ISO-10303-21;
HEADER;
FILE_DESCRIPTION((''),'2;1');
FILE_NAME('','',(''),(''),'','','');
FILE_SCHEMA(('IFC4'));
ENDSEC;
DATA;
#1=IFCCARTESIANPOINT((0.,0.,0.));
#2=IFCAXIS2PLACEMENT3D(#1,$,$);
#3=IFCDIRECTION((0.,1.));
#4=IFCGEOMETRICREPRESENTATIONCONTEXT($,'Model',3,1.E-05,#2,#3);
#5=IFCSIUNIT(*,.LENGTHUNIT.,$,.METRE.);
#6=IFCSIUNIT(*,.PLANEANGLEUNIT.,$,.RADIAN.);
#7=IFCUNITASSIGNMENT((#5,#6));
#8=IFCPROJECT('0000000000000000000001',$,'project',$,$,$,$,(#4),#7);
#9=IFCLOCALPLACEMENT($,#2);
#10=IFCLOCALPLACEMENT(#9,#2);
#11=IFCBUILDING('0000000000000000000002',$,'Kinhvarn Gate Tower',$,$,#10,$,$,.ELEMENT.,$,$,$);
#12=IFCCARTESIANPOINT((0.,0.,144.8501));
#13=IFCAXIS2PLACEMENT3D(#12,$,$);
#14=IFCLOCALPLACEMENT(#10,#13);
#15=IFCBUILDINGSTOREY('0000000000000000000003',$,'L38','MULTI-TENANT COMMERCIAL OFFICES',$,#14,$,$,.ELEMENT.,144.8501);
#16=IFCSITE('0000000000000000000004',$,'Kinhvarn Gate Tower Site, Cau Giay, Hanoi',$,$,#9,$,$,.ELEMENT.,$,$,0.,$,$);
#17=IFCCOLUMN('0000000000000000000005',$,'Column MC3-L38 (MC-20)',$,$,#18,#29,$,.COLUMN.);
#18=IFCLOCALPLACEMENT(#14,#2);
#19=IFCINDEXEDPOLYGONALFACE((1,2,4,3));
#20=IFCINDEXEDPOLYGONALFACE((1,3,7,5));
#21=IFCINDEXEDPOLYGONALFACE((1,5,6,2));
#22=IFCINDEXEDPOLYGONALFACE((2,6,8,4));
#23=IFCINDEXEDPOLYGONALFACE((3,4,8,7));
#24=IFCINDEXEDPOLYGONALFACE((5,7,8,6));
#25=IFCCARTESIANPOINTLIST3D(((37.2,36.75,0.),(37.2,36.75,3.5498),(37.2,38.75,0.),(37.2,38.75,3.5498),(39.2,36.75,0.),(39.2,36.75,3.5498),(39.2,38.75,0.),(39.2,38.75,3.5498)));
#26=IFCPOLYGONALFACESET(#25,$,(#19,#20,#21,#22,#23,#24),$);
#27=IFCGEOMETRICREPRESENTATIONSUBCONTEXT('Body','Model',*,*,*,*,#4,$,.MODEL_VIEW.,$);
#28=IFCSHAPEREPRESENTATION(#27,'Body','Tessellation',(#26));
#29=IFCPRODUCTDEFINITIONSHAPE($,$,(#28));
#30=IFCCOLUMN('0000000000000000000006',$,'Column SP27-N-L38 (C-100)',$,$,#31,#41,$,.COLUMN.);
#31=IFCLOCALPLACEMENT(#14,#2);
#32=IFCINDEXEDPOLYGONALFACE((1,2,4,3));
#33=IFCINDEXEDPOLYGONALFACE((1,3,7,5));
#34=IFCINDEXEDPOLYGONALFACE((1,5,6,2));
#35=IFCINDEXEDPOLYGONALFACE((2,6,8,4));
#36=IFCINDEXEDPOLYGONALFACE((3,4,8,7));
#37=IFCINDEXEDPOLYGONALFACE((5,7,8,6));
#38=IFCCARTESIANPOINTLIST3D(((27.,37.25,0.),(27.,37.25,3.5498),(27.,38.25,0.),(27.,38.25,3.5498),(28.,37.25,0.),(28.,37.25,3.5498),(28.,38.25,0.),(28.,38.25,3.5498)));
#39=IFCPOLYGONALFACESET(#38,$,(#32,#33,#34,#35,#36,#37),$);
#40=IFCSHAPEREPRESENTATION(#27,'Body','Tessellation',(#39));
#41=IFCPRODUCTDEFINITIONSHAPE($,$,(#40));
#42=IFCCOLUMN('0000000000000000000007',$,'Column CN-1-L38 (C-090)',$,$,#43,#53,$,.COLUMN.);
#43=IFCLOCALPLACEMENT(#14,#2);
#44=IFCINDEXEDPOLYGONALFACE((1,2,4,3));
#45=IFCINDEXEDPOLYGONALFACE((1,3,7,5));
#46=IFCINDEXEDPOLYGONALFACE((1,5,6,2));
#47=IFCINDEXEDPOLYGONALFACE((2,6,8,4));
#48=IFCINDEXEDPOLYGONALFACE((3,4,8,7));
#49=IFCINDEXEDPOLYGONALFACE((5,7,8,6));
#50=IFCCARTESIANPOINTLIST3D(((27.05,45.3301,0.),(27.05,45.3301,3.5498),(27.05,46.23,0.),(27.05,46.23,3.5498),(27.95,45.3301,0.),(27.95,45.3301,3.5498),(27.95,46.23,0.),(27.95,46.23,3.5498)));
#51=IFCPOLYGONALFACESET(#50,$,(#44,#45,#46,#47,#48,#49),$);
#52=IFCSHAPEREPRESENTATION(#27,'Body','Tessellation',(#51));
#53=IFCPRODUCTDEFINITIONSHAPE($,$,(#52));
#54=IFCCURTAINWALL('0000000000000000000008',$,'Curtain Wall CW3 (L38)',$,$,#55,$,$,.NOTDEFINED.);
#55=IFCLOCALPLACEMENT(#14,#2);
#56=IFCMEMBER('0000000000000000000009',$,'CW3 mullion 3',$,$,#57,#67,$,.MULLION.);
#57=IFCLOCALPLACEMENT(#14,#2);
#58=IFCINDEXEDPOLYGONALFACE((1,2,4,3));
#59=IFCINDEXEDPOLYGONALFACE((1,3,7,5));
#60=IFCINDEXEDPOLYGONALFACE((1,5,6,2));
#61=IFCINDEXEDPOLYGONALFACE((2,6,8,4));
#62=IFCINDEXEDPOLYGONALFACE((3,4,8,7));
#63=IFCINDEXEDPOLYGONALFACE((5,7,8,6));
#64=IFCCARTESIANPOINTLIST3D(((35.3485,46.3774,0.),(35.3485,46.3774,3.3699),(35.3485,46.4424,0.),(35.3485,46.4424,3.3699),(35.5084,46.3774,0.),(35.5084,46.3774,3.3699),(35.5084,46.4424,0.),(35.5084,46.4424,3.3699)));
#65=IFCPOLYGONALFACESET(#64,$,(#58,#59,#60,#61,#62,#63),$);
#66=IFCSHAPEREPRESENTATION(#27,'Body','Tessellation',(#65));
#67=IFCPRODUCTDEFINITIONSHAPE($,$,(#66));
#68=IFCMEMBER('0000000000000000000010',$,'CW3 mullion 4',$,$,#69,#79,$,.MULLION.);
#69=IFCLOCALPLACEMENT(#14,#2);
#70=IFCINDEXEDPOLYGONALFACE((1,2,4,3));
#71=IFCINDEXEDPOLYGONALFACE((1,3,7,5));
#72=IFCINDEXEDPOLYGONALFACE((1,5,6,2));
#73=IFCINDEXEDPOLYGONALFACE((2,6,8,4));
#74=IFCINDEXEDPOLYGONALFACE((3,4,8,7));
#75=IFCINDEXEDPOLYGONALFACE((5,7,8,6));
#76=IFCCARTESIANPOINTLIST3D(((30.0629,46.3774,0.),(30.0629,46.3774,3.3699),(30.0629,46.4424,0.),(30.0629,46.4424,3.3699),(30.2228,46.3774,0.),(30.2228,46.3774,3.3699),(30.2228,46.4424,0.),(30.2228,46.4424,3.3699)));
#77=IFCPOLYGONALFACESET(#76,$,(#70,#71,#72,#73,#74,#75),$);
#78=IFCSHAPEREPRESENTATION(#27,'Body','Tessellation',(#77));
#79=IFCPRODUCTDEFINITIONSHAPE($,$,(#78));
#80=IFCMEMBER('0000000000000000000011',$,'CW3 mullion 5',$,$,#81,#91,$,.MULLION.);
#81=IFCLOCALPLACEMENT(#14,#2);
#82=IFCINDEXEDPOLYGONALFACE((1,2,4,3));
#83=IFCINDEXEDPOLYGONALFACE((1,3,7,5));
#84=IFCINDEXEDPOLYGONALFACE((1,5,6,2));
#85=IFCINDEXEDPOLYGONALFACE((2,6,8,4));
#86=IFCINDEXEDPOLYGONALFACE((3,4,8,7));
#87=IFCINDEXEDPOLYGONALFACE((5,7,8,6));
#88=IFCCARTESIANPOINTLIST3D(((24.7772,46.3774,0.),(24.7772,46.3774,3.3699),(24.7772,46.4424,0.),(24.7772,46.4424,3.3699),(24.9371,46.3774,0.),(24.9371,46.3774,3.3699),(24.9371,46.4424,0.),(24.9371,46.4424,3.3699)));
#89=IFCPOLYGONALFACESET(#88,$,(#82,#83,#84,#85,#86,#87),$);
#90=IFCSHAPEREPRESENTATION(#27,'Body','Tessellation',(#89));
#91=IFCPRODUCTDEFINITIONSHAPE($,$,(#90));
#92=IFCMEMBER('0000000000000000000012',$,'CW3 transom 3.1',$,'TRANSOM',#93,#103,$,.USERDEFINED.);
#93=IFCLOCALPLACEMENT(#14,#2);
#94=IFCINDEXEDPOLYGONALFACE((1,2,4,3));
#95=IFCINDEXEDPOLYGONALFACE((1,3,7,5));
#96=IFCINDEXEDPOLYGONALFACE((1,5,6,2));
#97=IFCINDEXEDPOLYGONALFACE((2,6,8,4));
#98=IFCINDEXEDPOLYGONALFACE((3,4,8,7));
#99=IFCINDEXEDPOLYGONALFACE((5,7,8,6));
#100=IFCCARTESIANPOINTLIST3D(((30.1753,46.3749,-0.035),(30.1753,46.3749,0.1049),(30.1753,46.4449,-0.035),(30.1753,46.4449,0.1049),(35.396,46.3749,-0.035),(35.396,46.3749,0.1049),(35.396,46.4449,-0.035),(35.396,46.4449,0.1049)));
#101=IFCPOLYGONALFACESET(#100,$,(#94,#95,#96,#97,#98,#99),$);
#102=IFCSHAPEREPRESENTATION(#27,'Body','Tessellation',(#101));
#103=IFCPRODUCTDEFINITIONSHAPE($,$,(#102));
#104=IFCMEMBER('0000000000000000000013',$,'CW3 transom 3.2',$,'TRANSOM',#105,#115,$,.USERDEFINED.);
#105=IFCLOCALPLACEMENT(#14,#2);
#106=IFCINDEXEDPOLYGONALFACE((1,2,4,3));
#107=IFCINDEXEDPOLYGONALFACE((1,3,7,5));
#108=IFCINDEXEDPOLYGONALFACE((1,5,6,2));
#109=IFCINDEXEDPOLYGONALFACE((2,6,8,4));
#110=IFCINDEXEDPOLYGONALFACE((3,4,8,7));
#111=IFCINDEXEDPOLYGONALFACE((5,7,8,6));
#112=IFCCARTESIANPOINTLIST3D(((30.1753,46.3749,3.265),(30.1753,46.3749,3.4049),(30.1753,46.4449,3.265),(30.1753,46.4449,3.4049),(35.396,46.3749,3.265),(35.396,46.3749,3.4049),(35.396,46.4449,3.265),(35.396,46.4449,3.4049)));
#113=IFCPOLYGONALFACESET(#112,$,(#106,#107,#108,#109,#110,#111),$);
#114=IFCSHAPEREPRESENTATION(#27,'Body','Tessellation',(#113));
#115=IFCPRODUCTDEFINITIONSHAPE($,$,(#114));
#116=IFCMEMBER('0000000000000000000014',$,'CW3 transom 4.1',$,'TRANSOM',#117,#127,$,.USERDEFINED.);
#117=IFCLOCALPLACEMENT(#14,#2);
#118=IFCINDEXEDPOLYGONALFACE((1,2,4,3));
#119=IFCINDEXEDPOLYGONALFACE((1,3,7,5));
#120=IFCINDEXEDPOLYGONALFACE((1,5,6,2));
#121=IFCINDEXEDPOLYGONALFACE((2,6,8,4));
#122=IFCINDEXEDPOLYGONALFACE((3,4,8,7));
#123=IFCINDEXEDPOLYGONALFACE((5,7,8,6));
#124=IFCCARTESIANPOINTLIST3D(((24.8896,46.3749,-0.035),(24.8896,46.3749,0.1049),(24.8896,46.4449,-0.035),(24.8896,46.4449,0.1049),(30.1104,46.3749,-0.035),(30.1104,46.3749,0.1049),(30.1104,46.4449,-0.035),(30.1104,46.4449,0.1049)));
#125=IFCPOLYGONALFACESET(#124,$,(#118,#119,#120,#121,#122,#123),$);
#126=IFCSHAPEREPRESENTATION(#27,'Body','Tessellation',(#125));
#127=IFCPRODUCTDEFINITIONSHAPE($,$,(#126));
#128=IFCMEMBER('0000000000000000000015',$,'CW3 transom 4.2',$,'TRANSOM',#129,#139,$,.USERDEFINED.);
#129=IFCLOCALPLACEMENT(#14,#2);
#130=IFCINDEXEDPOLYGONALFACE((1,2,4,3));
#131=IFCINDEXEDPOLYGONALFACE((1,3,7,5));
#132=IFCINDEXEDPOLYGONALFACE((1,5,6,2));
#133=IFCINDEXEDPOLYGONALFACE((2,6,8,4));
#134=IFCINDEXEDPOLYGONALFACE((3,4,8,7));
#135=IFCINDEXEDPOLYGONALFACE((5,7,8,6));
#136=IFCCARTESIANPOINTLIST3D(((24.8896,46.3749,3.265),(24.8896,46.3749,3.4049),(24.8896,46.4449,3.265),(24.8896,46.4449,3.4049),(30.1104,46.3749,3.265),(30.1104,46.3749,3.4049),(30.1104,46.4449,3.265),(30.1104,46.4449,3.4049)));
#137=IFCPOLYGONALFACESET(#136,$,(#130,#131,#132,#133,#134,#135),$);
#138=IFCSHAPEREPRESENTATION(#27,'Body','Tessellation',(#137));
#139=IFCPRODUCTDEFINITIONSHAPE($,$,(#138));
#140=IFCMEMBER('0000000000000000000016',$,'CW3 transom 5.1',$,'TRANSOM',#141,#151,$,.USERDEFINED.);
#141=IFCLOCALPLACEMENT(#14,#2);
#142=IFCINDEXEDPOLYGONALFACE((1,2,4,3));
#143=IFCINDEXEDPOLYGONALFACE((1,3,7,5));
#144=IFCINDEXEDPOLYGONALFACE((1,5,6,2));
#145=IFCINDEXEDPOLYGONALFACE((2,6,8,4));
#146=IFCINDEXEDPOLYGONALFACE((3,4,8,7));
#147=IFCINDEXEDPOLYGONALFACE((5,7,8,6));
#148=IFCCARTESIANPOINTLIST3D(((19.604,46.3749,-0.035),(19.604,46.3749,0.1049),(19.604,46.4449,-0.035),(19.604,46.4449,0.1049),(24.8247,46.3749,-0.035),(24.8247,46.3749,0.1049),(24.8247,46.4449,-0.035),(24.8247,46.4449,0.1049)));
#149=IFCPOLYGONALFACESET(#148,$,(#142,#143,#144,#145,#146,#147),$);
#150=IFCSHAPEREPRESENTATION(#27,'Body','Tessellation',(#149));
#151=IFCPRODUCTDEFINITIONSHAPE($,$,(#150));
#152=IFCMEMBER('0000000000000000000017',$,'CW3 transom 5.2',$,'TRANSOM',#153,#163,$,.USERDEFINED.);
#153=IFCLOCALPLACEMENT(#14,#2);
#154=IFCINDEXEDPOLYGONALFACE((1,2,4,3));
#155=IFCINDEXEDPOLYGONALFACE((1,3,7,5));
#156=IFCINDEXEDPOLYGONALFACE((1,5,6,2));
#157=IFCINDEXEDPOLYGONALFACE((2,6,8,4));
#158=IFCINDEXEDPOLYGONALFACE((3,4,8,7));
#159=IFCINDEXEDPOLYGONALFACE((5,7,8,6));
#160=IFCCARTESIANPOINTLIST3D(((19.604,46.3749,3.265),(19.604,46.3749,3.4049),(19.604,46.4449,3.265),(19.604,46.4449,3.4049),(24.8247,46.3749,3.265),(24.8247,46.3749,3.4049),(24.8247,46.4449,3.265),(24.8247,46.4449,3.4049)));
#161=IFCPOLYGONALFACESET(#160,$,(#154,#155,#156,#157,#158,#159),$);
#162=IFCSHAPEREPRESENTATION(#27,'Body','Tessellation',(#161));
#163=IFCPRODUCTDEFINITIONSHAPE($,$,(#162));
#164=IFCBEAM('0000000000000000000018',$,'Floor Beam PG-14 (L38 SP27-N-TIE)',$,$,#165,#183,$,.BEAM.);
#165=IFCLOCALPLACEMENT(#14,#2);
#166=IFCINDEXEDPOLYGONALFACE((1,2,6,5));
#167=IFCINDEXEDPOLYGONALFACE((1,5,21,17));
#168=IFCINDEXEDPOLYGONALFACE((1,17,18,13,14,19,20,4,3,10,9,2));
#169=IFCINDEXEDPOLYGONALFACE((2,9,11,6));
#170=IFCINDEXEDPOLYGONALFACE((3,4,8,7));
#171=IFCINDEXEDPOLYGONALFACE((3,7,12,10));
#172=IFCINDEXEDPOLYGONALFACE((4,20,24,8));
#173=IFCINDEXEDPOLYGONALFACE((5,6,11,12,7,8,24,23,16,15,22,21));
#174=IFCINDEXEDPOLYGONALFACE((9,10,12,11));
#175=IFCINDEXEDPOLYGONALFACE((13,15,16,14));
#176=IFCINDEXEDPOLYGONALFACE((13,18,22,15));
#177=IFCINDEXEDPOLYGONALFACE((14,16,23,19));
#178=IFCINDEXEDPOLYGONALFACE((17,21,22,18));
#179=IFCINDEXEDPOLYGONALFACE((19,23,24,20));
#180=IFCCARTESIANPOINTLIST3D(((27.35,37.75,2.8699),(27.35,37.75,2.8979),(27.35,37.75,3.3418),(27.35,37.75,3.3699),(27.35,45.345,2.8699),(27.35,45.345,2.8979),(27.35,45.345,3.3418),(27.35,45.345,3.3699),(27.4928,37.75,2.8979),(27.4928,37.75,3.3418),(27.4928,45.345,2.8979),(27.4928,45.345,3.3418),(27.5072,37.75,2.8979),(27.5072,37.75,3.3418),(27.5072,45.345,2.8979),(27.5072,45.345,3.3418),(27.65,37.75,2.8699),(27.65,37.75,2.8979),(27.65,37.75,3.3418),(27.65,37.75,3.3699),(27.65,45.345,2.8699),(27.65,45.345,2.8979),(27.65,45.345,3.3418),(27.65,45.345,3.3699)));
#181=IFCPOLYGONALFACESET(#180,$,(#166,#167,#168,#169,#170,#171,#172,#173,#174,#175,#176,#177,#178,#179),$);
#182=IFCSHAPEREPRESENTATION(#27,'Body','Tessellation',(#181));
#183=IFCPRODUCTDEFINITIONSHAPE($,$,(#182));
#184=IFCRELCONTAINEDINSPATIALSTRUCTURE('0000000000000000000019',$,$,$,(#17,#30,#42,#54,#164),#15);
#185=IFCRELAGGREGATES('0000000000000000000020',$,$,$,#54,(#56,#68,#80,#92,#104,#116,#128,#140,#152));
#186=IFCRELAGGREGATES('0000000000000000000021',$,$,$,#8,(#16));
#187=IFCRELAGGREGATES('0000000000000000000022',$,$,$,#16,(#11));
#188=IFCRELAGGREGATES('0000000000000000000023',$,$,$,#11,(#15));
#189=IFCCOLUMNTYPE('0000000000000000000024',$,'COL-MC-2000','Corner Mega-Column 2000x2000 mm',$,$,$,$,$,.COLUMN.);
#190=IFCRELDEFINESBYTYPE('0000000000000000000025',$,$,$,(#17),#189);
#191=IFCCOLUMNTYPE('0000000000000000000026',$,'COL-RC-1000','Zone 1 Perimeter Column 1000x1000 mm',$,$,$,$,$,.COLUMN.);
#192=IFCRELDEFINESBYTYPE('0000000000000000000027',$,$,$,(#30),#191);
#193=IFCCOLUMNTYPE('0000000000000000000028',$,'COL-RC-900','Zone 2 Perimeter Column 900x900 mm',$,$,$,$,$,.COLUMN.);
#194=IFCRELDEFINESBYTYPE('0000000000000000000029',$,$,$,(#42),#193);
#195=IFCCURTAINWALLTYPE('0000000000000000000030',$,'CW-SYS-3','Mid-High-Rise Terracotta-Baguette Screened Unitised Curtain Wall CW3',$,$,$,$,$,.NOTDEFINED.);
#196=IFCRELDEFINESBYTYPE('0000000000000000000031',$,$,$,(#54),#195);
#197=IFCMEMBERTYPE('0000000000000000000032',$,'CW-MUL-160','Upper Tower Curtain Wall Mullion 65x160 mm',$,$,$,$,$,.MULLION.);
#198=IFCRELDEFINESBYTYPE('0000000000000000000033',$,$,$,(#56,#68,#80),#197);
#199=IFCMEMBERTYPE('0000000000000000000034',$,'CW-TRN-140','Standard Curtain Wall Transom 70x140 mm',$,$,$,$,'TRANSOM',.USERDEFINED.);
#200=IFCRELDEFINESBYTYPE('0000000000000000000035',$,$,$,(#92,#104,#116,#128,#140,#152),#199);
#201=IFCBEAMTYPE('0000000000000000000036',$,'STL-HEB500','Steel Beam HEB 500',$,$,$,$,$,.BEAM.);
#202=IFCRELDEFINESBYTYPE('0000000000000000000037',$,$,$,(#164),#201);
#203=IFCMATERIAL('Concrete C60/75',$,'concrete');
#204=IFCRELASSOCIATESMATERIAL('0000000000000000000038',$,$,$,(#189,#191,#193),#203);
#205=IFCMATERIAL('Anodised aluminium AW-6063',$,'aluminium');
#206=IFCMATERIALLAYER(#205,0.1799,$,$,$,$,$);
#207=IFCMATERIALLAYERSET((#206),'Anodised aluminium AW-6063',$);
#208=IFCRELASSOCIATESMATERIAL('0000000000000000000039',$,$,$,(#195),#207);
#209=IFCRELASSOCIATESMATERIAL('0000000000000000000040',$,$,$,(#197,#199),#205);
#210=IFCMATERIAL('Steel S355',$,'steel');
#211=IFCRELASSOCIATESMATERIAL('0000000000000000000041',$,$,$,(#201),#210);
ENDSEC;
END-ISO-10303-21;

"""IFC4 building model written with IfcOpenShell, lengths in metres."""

from ifc_helpers import new_model, si_unit, direction, frame, origin, origin_2d, place, context, subcontext, project, spatial, rectangle, i_section, extrude, material, layer, layer_set, material_profile, profile_set, type_object, element, aggregate, save


model = new_model("IFC4")

# Units and contexts
model_context = context("Model", 3, precision=1e-05, world=origin(), true_north=direction((0.0, 1.0)))
body_context = subcontext(model_context, "Body", "Model", "MODEL_VIEW")
ifc_project = project(units=[si_unit("LENGTHUNIT", "METRE"), si_unit("PLANEANGLEUNIT", "RADIAN")], contexts=[model_context])

# Site, building, storey
site_placement = place(None, origin())
site = spatial("IfcSite", under=ifc_project, at=site_placement, Name="Kinhvarn Gate Tower Site, Cau Giay, Hanoi", CompositionType="ELEMENT", RefElevation=0.0)
building_placement = place(site_placement, origin())
building = spatial("IfcBuilding", under=site, at=building_placement, Name="Kinhvarn Gate Tower", CompositionType="ELEMENT")
storey_placement = place(building_placement, frame((0.0, 0.0, 144.8501)))
storey = spatial("IfcBuildingStorey", under=building, at=storey_placement, Name="L38", Description="MULTI-TENANT COMMERCIAL OFFICES", CompositionType="ELEMENT", Elevation=144.8501)

# Columns
ifc_material_1 = material(Name="Concrete C60/75", Category="concrete")
ifc_material_profile_1 = material_profile(ifc_material_1, rectangle(XDim=2.0, YDim=2.0, at=origin_2d()), Name="RC 2000x2000")
ifc_profile_set_1 = profile_set([ifc_material_profile_1], Name="Concrete C60/75")
column_type_1 = type_object("IfcColumnType", Name="COL-MC-2000", Description="Corner Mega-Column 2000x2000 mm", PredefinedType="COLUMN", material=ifc_profile_set_1)
column_1_placement = place(storey_placement, frame((38.2, 37.75, 0.0), z_axis=(0.0, 0.0, 1.0), x_axis=(1.0, 0.0, 0.0)))
element("IfcColumn", 1, at=column_1_placement, inside=storey, type_object=column_type_1, Name="Column MC3-L38 (MC-20)", PredefinedType="COLUMN", context=body_context, shape_type="SweptSolid", body=[
    extrude(rectangle(XDim=2.0, YDim=2.0, at=origin_2d()), origin(), (0.0, 0.0, 1.0), 3.5498),
])
ifc_material_profile_2 = material_profile(ifc_material_1, rectangle(XDim=1.0, YDim=1.0, at=origin_2d()), Name="RC 1000x1000")
ifc_profile_set_2 = profile_set([ifc_material_profile_2], Name="Concrete C60/75")
column_type_2 = type_object("IfcColumnType", Name="COL-RC-1000", Description="Zone 1 Perimeter Column 1000x1000 mm", PredefinedType="COLUMN", material=ifc_profile_set_2)
column_2_placement = place(storey_placement, frame((27.5, 37.75, 0.0), z_axis=(0.0, 0.0, 1.0), x_axis=(1.0, 0.0, 0.0)))
element("IfcColumn", 2, at=column_2_placement, inside=storey, type_object=column_type_2, Name="Column SP27-N-L38 (C-100)", PredefinedType="COLUMN", context=body_context, shape_type="SweptSolid", body=[
    extrude(rectangle(XDim=1.0, YDim=1.0, at=origin_2d()), origin(), (0.0, 0.0, 1.0), 3.5498),
])
ifc_material_profile_3 = material_profile(ifc_material_1, rectangle(XDim=0.8999, YDim=0.8999, at=origin_2d()), Name="RC 900x900")
ifc_profile_set_3 = profile_set([ifc_material_profile_3], Name="Concrete C60/75")
column_type_3 = type_object("IfcColumnType", Name="COL-RC-900", Description="Zone 2 Perimeter Column 900x900 mm", PredefinedType="COLUMN", material=ifc_profile_set_3)
column_3_placement = place(storey_placement, frame((27.5, 45.78, 0.0), z_axis=(0.0, 0.0, 1.0), x_axis=(1.0, 0.0, 0.0)))
element("IfcColumn", 3, at=column_3_placement, inside=storey, type_object=column_type_3, Name="Column CN-1-L38 (C-090)", PredefinedType="COLUMN", context=body_context, shape_type="SweptSolid", body=[
    extrude(rectangle(XDim=0.8999, YDim=0.8999, at=origin_2d()), origin(), (0.0, 0.0, 1.0), 3.5498),
])

# Curtain wall, members
ifc_material_2 = material(Name="Anodised aluminium AW-6063", Category="aluminium")
ifc_layer_1 = layer(ifc_material_2, 0.1799)
ifc_layer_set_1 = layer_set([ifc_layer_1], Name="Anodised aluminium AW-6063")
curtain_wall_type = type_object("IfcCurtainWallType", Name="CW-SYS-3", Description="Mid-High-Rise Terracotta-Baguette Screened Unitised Curtain Wall CW3", PredefinedType="NOTDEFINED", material=ifc_layer_set_1)
curtain_wall_placement = place(storey_placement, origin())
curtain_wall = element("IfcCurtainWall", 4, at=curtain_wall_placement, inside=storey, type_object=curtain_wall_type, Name="Curtain Wall CW3 (L38)", PredefinedType="NOTDEFINED")
ifc_material_profile_4 = material_profile(ifc_material_2, rectangle(XDim=0.0649, YDim=0.1599, at=origin_2d()), Name="ALU 65x160")
ifc_profile_set_4 = profile_set([ifc_material_profile_4], Name="Anodised aluminium AW-6063")
member_type_1 = type_object("IfcMemberType", Name="CW-MUL-160", Description="Upper Tower Curtain Wall Mullion 65x160 mm", PredefinedType="MULLION", material=ifc_profile_set_4)
member_1_placement = place(storey_placement, frame((35.4285, 46.4099, 0.0), z_axis=(0.0, 0.0, 1.0), x_axis=(0.0, -1.0, 0.0)))
member_1 = element("IfcMember", 5, at=member_1_placement, type_object=member_type_1, Name="CW3 mullion 3", PredefinedType="MULLION", context=body_context, shape_type="SweptSolid", body=[
    extrude(rectangle(XDim=0.0649, YDim=0.1599, at=origin_2d()), origin(), (0.0, 0.0, 1.0), 3.3699),
])
member_2_placement = place(storey_placement, frame((30.1428, 46.4099, 0.0), z_axis=(0.0, 0.0, 1.0), x_axis=(0.0, -1.0, 0.0)))
member_2 = element("IfcMember", 6, at=member_2_placement, type_object=member_type_1, Name="CW3 mullion 4", PredefinedType="MULLION", context=body_context, shape_type="SweptSolid", body=[
    extrude(rectangle(XDim=0.0649, YDim=0.1599, at=origin_2d()), origin(), (0.0, 0.0, 1.0), 3.3699),
])
member_3_placement = place(storey_placement, frame((24.8572, 46.4099, 0.0), z_axis=(0.0, 0.0, 1.0), x_axis=(0.0, -1.0, 0.0)))
member_3 = element("IfcMember", 7, at=member_3_placement, type_object=member_type_1, Name="CW3 mullion 5", PredefinedType="MULLION", context=body_context, shape_type="SweptSolid", body=[
    extrude(rectangle(XDim=0.0649, YDim=0.1599, at=origin_2d()), origin(), (0.0, 0.0, 1.0), 3.3699),
])
ifc_material_profile_5 = material_profile(ifc_material_2, rectangle(XDim=0.0701, YDim=0.1399, at=origin_2d()), Name="ALU 70x140")
ifc_profile_set_5 = profile_set([ifc_material_profile_5], Name="Anodised aluminium AW-6063")
member_type_2 = type_object("IfcMemberType", Name="CW-TRN-140", Description="Standard Curtain Wall Transom 70x140 mm", ElementType="TRANSOM", PredefinedType="USERDEFINED", material=ifc_profile_set_5)
member_4_placement = place(storey_placement, frame((35.396, 46.4099, 0.0349), z_axis=(-1.0, 0.0, 0.0), x_axis=(0.0, -1.0, 0.0)))
member_4 = element("IfcMember", 8, at=member_4_placement, type_object=member_type_2, Name="CW3 transom 3.1", ObjectType="TRANSOM", PredefinedType="USERDEFINED", context=body_context, shape_type="SweptSolid", body=[
    extrude(rectangle(XDim=0.0701, YDim=0.1399, at=origin_2d()), origin(), (0.0, 0.0, 1.0), 5.2207),
])
member_5_placement = place(storey_placement, frame((35.396, 46.4099, 3.335), z_axis=(-1.0, 0.0, 0.0), x_axis=(0.0, -1.0, 0.0)))
member_5 = element("IfcMember", 9, at=member_5_placement, type_object=member_type_2, Name="CW3 transom 3.2", ObjectType="TRANSOM", PredefinedType="USERDEFINED", context=body_context, shape_type="SweptSolid", body=[
    extrude(rectangle(XDim=0.0701, YDim=0.1399, at=origin_2d()), origin(), (0.0, 0.0, 1.0), 5.2207),
])
member_6_placement = place(storey_placement, frame((30.1104, 46.4099, 0.0349), z_axis=(-1.0, 0.0, 0.0), x_axis=(0.0, -1.0, 0.0)))
member_6 = element("IfcMember", 10, at=member_6_placement, type_object=member_type_2, Name="CW3 transom 4.1", ObjectType="TRANSOM", PredefinedType="USERDEFINED", context=body_context, shape_type="SweptSolid", body=[
    extrude(rectangle(XDim=0.0701, YDim=0.1399, at=origin_2d()), origin(), (0.0, 0.0, 1.0), 5.2207),
])
member_7_placement = place(storey_placement, frame((30.1104, 46.4099, 3.335), z_axis=(-1.0, 0.0, 0.0), x_axis=(0.0, -1.0, 0.0)))
member_7 = element("IfcMember", 11, at=member_7_placement, type_object=member_type_2, Name="CW3 transom 4.2", ObjectType="TRANSOM", PredefinedType="USERDEFINED", context=body_context, shape_type="SweptSolid", body=[
    extrude(rectangle(XDim=0.0701, YDim=0.1399, at=origin_2d()), origin(), (0.0, 0.0, 1.0), 5.2207),
])
member_8_placement = place(storey_placement, frame((24.8247, 46.4099, 0.0349), z_axis=(-1.0, 0.0, 0.0), x_axis=(0.0, -1.0, 0.0)))
member_8 = element("IfcMember", 12, at=member_8_placement, type_object=member_type_2, Name="CW3 transom 5.1", ObjectType="TRANSOM", PredefinedType="USERDEFINED", context=body_context, shape_type="SweptSolid", body=[
    extrude(rectangle(XDim=0.0701, YDim=0.1399, at=origin_2d()), origin(), (0.0, 0.0, 1.0), 5.2207),
])
member_9_placement = place(storey_placement, frame((24.8247, 46.4099, 3.335), z_axis=(-1.0, 0.0, 0.0), x_axis=(0.0, -1.0, 0.0)))
member_9 = element("IfcMember", 13, at=member_9_placement, type_object=member_type_2, Name="CW3 transom 5.2", ObjectType="TRANSOM", PredefinedType="USERDEFINED", context=body_context, shape_type="SweptSolid", body=[
    extrude(rectangle(XDim=0.0701, YDim=0.1399, at=origin_2d()), origin(), (0.0, 0.0, 1.0), 5.2207),
])

# Beam
ifc_material_3 = material(Name="Steel S355", Category="steel")
ifc_material_profile_6 = material_profile(ifc_material_3, i_section(OverallWidth=0.3, OverallDepth=0.5, WebThickness=0.0144, FlangeThickness=0.0281, at=origin_2d()), Name="HEB 500")
ifc_profile_set_6 = profile_set([ifc_material_profile_6], Name="Steel S355")
beam_type_1 = type_object("IfcBeamType", Name="STL-HEB500", Description="Steel Beam HEB 500", PredefinedType="BEAM", material=ifc_profile_set_6)
for number, where, z_axis, x_axis, name in (
    (14, (27.5, 37.75, 3.1199), (0.0, 1.0, 0.0), (-1.0, 0.0, 0.0), "Floor Beam PG-14 (L38 SP27-N-TIE)"),
):
    element("IfcBeam", number, at=place(storey_placement, frame(where, z_axis=z_axis, x_axis=x_axis)), inside=storey, type_object=beam_type_1, Name=name, PredefinedType="BEAM", context=body_context, shape_type="SweptSolid", body=[
        extrude(i_section(OverallWidth=0.3, OverallDepth=0.5, WebThickness=0.0144, FlangeThickness=0.0281, at=origin_2d()), origin(), (0.0, 0.0, 1.0), 7.595),
    ])

aggregate(curtain_wall, [member_1, member_2, member_3, member_4, member_5, member_6, member_7, member_8, member_9])

save(model, "model.ifc")
